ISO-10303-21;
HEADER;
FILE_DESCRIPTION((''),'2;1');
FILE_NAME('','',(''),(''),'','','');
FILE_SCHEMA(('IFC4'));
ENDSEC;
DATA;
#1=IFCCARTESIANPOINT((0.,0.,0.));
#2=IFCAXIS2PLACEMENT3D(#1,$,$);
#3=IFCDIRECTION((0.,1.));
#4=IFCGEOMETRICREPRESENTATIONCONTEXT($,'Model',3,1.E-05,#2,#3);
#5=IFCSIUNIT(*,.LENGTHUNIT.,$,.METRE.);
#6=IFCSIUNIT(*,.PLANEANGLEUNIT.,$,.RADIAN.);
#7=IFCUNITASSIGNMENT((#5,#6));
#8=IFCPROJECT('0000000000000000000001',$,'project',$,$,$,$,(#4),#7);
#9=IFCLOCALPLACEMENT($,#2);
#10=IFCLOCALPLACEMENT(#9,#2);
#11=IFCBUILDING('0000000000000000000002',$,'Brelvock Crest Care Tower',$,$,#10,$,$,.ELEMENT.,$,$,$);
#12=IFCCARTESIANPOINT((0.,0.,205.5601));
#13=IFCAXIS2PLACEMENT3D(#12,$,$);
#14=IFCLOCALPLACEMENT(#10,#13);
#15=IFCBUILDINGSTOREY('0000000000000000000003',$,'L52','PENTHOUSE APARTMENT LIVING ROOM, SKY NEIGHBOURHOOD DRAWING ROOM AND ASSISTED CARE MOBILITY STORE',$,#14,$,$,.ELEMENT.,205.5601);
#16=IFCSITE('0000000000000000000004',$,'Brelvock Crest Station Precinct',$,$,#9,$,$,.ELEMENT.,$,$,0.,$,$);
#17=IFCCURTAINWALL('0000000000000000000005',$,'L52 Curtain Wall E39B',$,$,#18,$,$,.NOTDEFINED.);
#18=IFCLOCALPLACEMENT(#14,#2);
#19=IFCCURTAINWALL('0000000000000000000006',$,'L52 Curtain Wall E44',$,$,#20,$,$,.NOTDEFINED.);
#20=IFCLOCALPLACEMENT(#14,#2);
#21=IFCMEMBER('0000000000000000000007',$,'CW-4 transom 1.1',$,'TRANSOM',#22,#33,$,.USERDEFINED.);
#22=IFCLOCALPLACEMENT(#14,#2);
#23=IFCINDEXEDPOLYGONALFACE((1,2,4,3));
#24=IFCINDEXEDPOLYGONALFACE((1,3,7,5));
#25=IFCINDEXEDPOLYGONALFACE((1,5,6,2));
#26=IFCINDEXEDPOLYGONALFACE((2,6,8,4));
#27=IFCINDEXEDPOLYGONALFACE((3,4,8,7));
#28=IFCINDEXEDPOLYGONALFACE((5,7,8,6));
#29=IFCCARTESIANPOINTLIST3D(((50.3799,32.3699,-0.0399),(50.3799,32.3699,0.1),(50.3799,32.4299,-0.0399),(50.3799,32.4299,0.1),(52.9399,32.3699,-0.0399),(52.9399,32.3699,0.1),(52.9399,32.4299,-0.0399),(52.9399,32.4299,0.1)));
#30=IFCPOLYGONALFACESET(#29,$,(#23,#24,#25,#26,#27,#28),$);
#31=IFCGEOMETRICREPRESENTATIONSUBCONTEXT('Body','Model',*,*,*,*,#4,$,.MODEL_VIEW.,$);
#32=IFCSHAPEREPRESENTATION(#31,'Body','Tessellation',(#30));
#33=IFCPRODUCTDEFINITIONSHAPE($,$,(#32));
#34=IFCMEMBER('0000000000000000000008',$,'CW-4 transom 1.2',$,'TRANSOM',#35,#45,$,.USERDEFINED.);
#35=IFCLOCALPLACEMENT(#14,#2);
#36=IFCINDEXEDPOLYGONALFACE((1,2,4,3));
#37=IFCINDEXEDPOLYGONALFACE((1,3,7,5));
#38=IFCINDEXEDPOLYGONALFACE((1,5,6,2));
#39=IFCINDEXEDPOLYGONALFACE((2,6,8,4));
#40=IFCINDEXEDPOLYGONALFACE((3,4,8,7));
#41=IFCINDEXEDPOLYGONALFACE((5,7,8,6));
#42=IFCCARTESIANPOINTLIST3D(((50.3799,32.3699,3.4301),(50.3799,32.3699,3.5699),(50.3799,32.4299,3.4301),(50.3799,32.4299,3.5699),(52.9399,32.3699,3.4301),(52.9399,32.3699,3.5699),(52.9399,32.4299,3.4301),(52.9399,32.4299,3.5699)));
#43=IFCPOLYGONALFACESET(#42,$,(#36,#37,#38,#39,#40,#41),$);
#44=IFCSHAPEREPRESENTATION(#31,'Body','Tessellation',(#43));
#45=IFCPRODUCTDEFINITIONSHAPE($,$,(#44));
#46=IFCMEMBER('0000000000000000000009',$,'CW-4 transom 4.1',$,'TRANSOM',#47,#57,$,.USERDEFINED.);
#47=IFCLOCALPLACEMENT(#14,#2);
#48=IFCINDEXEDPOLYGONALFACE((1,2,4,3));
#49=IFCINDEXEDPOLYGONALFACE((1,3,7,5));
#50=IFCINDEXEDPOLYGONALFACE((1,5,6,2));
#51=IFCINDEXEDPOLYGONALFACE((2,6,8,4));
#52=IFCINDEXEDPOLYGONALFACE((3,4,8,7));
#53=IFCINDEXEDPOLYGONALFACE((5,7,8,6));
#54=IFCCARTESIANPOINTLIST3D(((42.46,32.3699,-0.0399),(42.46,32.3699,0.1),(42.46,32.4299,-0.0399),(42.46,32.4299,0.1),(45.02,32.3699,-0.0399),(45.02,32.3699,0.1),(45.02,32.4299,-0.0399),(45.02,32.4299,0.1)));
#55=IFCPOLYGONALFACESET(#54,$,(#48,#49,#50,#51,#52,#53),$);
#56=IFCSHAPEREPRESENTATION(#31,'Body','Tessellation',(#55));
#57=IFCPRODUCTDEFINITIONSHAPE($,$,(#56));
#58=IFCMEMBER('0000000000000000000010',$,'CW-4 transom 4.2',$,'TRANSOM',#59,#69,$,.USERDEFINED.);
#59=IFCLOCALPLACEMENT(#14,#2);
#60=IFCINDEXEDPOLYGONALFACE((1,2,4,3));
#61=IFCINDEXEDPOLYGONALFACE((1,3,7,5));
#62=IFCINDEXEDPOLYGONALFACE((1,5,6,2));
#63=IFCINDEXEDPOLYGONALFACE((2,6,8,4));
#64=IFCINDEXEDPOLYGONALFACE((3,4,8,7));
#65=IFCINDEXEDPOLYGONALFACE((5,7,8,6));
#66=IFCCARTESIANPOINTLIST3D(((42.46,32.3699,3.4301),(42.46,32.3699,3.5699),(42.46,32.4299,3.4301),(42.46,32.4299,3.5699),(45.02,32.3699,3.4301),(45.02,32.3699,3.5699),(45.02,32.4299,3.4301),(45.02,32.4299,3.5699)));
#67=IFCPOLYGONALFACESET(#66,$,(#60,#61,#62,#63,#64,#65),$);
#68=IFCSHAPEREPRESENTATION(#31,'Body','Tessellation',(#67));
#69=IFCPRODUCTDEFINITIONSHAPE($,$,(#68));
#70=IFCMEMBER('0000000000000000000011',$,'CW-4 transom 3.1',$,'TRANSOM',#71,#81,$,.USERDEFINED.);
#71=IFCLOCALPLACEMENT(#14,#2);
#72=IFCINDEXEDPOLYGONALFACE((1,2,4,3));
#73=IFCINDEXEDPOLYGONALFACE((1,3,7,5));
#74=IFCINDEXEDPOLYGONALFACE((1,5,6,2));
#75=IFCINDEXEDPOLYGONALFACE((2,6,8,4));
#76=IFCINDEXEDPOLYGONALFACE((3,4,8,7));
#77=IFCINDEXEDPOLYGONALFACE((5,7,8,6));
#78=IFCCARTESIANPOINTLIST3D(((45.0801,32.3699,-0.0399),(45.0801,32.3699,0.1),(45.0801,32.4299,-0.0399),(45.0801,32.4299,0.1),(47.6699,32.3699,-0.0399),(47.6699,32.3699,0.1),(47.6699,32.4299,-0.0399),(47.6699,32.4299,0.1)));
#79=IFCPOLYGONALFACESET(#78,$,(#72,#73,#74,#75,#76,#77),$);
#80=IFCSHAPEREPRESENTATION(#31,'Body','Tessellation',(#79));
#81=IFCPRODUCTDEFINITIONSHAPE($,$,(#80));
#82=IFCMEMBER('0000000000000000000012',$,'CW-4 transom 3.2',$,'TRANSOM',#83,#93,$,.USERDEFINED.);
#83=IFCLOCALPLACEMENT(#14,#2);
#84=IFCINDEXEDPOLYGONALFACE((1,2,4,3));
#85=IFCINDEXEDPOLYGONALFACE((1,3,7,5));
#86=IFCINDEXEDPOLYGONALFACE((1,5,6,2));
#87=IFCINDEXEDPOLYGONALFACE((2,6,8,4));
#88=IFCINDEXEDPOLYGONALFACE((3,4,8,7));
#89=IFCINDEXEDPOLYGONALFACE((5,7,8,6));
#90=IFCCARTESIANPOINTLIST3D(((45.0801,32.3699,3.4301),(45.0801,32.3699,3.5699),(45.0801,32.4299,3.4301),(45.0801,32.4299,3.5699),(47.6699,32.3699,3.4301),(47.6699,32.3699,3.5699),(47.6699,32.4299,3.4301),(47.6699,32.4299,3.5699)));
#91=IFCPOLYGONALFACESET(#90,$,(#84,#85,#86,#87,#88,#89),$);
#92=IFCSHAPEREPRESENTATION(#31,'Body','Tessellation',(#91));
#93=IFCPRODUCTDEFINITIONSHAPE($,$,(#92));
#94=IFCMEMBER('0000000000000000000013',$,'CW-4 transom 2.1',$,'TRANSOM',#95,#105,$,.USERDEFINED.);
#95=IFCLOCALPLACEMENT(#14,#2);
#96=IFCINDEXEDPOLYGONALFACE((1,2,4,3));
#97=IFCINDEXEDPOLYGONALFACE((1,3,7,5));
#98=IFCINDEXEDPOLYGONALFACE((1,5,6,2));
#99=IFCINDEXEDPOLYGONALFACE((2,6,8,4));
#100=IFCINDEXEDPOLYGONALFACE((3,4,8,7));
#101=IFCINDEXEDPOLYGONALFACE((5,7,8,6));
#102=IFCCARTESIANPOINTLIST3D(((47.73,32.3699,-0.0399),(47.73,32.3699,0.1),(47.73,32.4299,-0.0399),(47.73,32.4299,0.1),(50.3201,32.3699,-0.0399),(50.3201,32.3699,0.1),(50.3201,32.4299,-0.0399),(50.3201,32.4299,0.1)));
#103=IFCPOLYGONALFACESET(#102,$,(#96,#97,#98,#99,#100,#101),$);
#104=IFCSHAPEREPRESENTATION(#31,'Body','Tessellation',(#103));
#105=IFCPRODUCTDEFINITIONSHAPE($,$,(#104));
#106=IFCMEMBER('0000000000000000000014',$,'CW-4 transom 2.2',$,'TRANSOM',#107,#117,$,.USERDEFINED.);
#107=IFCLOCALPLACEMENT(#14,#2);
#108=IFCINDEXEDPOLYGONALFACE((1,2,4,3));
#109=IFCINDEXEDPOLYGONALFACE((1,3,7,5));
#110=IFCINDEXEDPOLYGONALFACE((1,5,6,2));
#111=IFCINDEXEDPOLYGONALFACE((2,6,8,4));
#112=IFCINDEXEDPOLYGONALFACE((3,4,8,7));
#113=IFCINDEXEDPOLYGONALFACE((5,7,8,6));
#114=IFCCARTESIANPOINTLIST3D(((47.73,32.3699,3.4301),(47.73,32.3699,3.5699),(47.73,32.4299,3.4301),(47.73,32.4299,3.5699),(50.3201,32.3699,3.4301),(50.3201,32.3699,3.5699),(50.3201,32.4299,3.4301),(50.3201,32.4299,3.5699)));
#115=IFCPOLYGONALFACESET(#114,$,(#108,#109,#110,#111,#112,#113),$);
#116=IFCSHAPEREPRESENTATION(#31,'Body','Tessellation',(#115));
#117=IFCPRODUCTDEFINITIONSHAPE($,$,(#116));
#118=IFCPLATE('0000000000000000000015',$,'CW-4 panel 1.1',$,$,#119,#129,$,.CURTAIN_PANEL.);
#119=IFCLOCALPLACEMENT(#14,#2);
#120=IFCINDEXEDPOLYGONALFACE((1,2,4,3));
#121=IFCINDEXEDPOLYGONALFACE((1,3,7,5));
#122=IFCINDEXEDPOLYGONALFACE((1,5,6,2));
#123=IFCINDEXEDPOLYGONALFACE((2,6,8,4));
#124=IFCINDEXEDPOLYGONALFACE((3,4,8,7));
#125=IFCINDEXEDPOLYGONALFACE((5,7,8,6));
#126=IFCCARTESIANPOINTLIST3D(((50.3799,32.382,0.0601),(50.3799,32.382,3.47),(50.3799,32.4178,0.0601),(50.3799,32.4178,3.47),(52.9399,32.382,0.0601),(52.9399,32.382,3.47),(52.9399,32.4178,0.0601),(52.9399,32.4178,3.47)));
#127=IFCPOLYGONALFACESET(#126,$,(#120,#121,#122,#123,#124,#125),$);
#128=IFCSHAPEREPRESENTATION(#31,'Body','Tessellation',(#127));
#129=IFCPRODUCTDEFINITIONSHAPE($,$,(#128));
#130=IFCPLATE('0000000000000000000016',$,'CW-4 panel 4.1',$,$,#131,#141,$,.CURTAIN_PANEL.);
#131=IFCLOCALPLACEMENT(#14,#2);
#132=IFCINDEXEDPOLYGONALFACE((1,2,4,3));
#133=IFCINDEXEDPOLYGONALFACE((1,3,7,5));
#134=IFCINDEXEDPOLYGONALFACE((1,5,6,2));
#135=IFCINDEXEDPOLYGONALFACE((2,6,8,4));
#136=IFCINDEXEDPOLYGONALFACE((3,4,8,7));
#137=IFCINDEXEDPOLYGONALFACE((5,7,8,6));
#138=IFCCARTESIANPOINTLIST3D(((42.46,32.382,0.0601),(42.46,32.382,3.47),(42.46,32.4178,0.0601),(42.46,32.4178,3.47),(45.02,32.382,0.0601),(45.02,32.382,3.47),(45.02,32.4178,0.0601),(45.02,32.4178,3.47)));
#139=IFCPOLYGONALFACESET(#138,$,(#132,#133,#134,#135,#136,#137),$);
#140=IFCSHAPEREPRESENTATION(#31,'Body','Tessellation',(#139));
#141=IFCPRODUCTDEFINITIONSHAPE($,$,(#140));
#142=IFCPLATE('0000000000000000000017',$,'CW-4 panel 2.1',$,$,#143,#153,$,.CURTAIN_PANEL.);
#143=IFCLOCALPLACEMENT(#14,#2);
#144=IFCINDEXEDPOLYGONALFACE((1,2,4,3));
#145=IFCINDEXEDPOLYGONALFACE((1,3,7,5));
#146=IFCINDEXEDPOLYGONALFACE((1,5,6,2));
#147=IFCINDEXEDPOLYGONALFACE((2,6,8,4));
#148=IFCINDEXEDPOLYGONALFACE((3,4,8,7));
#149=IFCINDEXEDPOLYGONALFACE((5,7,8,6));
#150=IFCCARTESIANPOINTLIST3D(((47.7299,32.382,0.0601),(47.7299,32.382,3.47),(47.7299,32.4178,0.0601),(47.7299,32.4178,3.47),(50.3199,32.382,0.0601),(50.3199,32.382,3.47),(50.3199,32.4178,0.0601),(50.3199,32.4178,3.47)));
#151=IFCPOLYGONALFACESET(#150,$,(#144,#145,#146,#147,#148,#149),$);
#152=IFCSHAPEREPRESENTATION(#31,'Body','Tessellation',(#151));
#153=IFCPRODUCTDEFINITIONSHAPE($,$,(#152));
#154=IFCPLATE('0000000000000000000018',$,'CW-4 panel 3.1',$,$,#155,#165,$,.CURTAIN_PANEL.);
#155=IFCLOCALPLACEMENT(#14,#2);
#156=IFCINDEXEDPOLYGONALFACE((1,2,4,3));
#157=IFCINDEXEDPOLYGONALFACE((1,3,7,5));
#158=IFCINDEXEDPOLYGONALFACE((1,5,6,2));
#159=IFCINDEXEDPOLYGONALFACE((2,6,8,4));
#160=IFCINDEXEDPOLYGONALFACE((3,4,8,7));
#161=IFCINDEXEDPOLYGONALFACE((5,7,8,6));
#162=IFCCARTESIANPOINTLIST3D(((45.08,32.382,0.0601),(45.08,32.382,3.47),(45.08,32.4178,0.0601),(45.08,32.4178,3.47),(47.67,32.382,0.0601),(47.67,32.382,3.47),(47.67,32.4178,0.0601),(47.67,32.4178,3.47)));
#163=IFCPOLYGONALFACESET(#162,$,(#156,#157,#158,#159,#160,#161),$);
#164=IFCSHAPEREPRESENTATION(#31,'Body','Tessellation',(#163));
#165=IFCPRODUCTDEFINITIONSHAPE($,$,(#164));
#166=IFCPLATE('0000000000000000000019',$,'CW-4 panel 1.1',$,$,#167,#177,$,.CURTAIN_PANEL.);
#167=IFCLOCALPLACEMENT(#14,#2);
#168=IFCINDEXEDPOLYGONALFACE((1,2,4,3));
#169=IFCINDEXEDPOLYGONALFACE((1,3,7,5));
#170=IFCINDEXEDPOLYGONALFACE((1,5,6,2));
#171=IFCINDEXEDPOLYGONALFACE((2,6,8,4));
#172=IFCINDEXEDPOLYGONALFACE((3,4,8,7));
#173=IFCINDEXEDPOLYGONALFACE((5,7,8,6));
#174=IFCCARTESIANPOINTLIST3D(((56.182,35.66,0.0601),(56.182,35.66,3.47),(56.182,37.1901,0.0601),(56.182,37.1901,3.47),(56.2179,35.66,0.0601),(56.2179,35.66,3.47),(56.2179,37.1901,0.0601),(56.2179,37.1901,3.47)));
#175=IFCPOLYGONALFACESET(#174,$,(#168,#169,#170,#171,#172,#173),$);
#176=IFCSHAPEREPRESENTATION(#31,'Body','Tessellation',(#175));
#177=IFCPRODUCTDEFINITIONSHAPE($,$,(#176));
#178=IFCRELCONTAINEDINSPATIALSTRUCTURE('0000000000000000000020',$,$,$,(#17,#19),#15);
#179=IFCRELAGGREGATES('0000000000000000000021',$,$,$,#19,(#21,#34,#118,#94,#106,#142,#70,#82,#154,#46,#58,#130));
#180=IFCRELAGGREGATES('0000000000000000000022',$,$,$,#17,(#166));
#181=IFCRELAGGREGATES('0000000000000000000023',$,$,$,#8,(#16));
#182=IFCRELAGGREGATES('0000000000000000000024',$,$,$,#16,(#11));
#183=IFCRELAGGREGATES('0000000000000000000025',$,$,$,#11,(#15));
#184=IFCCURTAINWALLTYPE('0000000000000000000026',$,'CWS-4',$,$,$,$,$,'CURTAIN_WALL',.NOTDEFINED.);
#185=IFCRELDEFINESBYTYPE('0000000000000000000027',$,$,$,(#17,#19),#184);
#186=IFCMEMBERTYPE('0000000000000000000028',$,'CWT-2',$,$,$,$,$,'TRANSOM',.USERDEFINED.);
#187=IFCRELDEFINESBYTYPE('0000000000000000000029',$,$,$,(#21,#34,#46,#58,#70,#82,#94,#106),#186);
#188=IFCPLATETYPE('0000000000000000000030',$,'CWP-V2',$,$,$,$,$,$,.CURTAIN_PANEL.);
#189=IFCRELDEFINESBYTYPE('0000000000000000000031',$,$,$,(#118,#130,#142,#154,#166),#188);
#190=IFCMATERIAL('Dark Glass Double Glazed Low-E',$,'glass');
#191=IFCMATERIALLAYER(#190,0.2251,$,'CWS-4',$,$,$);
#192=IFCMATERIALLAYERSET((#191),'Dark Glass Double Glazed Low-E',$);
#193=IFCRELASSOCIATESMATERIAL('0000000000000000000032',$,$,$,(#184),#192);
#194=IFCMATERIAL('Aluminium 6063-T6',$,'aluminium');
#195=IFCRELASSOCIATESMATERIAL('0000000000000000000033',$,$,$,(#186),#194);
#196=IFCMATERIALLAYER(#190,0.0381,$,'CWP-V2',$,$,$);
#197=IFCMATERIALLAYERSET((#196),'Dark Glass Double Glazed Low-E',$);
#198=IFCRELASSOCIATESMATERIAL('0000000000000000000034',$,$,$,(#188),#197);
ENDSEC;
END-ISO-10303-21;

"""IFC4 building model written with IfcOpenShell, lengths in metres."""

from ifc_helpers import new_model, si_unit, direction, frame, origin, origin_2d, place, context, subcontext, project, spatial, rectangle, extrude, source, transform, mapped, material, layer, layer_set, material_profile, profile_set, type_object, element, aggregate, save


model = new_model("IFC4")

# Units and contexts
model_context = context("Model", 3, precision=1e-05, world=origin(), true_north=direction((0.0, 1.0)))
body_context = subcontext(model_context, "Body", "Model", "MODEL_VIEW")
ifc_project = project(units=[si_unit("LENGTHUNIT", "METRE"), si_unit("PLANEANGLEUNIT", "RADIAN")], contexts=[model_context])

# Site, building, storey
site_placement = place(None, origin())
site = spatial("IfcSite", under=ifc_project, at=site_placement, Name="Brelvock Crest Station Precinct", CompositionType="ELEMENT", RefElevation=0.0)
building_placement = place(site_placement, origin())
building = spatial("IfcBuilding", under=site, at=building_placement, Name="Brelvock Crest Care Tower", CompositionType="ELEMENT")
storey_placement = place(building_placement, frame((0.0, 0.0, 205.5601)))
storey = spatial("IfcBuildingStorey", under=building, at=storey_placement, Name="L52", Description="PENTHOUSE APARTMENT LIVING ROOM, SKY NEIGHBOURHOOD DRAWING ROOM AND ASSISTED CARE MOBILITY STORE", CompositionType="ELEMENT", Elevation=205.5601)

# Curtain wall
ifc_material_1 = material(Name="Dark Glass Double Glazed Low-E", Category="glass")
ifc_layer_1 = layer(ifc_material_1, 0.2251, Name="CWS-4")
ifc_layer_set_1 = layer_set([ifc_layer_1], Name="Dark Glass Double Glazed Low-E")
curtain_wall_type = type_object("IfcCurtainWallType", Name="CWS-4", ElementType="CURTAIN_WALL", PredefinedType="NOTDEFINED", material=ifc_layer_set_1)
curtain_wall_1_placement = place(storey_placement, origin())
curtain_wall_1 = element("IfcCurtainWall", 1, at=curtain_wall_1_placement, inside=storey, type_object=curtain_wall_type, Name="L52 Curtain Wall E39B", PredefinedType="NOTDEFINED")
ifc_material_2 = material(Name="Aluminium 6063-T6", Category="aluminium")

# Curtain wall, members, plates
curtain_wall_2_placement = place(storey_placement, origin())
curtain_wall_2 = element("IfcCurtainWall", 2, at=curtain_wall_2_placement, inside=storey, type_object=curtain_wall_type, Name="L52 Curtain Wall E44", PredefinedType="NOTDEFINED")
ifc_material_profile_1 = material_profile(ifc_material_2, rectangle(XDim=0.0601, YDim=0.1399, at=origin_2d()), Name="ALU60x140")
ifc_profile_set_1 = profile_set([ifc_material_profile_1], Name="Aluminium 6063-T6")
member_type_1 = type_object("IfcMemberType", Name="CWT-2", ElementType="TRANSOM", PredefinedType="USERDEFINED", material=ifc_profile_set_1)
shared_shape_1 = source(origin(), body_context, "Body", "SweptSolid", [
    extrude(rectangle(XDim=0.0601, YDim=0.1399, at=origin_2d()), origin(), (0.0, 0.0, 1.0), 2.5601),
])
member_1_placement = place(storey_placement, frame((52.9399, 32.3999, 0.03), z_axis=(-1.0, 0.0, 0.0), x_axis=(0.0, -1.0, 0.0)))
member_1 = element("IfcMember", 3, at=member_1_placement, type_object=member_type_1, Name="CW-4 transom 1.1", ObjectType="TRANSOM", PredefinedType="USERDEFINED", context=body_context, shape_type="MappedRepresentation", body=[
    mapped(shared_shape_1, transform((0.0, 0.0, 0.0), x_axis=(1.0, 0.0, 0.0), y_axis=(0.0, 1.0, 0.0), z_axis=(0.0, 0.0, 1.0), scale=1.0)),
])
member_2_placement = place(storey_placement, frame((52.9399, 32.3999, 3.5), z_axis=(-1.0, 0.0, 0.0), x_axis=(0.0, -1.0, 0.0)))
member_2 = element("IfcMember", 4, at=member_2_placement, type_object=member_type_1, Name="CW-4 transom 1.2", ObjectType="TRANSOM", PredefinedType="USERDEFINED", context=body_context, shape_type="MappedRepresentation", body=[
    mapped(shared_shape_1, transform((0.0, 0.0, 0.0), x_axis=(1.0, 0.0, 0.0), y_axis=(0.0, 1.0, 0.0), z_axis=(0.0, 0.0, 1.0), scale=1.0)),
])
member_3_placement = place(storey_placement, frame((45.02, 32.3999, 0.03), z_axis=(-1.0, 0.0, 0.0), x_axis=(0.0, -1.0, 0.0)))
member_3 = element("IfcMember", 5, at=member_3_placement, type_object=member_type_1, Name="CW-4 transom 4.1", ObjectType="TRANSOM", PredefinedType="USERDEFINED", context=body_context, shape_type="MappedRepresentation", body=[
    mapped(shared_shape_1, transform((0.0, 0.0, 0.0), x_axis=(1.0, 0.0, 0.0), y_axis=(0.0, 1.0, 0.0), z_axis=(0.0, 0.0, 1.0), scale=1.0)),
])
member_4_placement = place(storey_placement, frame((45.02, 32.3999, 3.5), z_axis=(-1.0, 0.0, 0.0), x_axis=(0.0, -1.0, 0.0)))
member_4 = element("IfcMember", 6, at=member_4_placement, type_object=member_type_1, Name="CW-4 transom 4.2", ObjectType="TRANSOM", PredefinedType="USERDEFINED", context=body_context, shape_type="MappedRepresentation", body=[
    mapped(shared_shape_1, transform((0.0, 0.0, 0.0), x_axis=(1.0, 0.0, 0.0), y_axis=(0.0, 1.0, 0.0), z_axis=(0.0, 0.0, 1.0), scale=1.0)),
])
shared_shape_2 = source(origin(), body_context, "Body", "SweptSolid", [
    extrude(rectangle(XDim=0.0601, YDim=0.1399, at=origin_2d()), origin(), (0.0, 0.0, 1.0), 2.5898),
])
member_5_placement = place(storey_placement, frame((47.6699, 32.3999, 0.03), z_axis=(-1.0, 0.0, 0.0), x_axis=(0.0, -1.0, 0.0)))
member_5 = element("IfcMember", 7, at=member_5_placement, type_object=member_type_1, Name="CW-4 transom 3.1", ObjectType="TRANSOM", PredefinedType="USERDEFINED", context=body_context, shape_type="MappedRepresentation", body=[
    mapped(shared_shape_2, transform((0.0, 0.0, 0.0), x_axis=(1.0, 0.0, 0.0), y_axis=(0.0, 1.0, 0.0), z_axis=(0.0, 0.0, 1.0), scale=1.0)),
])
member_6_placement = place(storey_placement, frame((47.6699, 32.3999, 3.5), z_axis=(-1.0, 0.0, 0.0), x_axis=(0.0, -1.0, 0.0)))
member_6 = element("IfcMember", 8, at=member_6_placement, type_object=member_type_1, Name="CW-4 transom 3.2", ObjectType="TRANSOM", PredefinedType="USERDEFINED", context=body_context, shape_type="MappedRepresentation", body=[
    mapped(shared_shape_2, transform((0.0, 0.0, 0.0), x_axis=(1.0, 0.0, 0.0), y_axis=(0.0, 1.0, 0.0), z_axis=(0.0, 0.0, 1.0), scale=1.0)),
])
shared_shape_3 = source(origin(), body_context, "Body", "SweptSolid", [
    extrude(rectangle(XDim=0.0601, YDim=0.1399, at=origin_2d()), origin(), (0.0, 0.0, 1.0), 2.5901),
])
member_7_placement = place(storey_placement, frame((50.3201, 32.3999, 0.03), z_axis=(-1.0, 0.0, 0.0), x_axis=(0.0, -1.0, 0.0)))
member_7 = element("IfcMember", 9, at=member_7_placement, type_object=member_type_1, Name="CW-4 transom 2.1", ObjectType="TRANSOM", PredefinedType="USERDEFINED", context=body_context, shape_type="MappedRepresentation", body=[
    mapped(shared_shape_3, transform((0.0, 0.0, 0.0), x_axis=(1.0, 0.0, 0.0), y_axis=(0.0, 1.0, 0.0), z_axis=(0.0, 0.0, 1.0), scale=1.0)),
])
member_8_placement = place(storey_placement, frame((50.3201, 32.3999, 3.5), z_axis=(-1.0, 0.0, 0.0), x_axis=(0.0, -1.0, 0.0)))
member_8 = element("IfcMember", 10, at=member_8_placement, type_object=member_type_1, Name="CW-4 transom 2.2", ObjectType="TRANSOM", PredefinedType="USERDEFINED", context=body_context, shape_type="MappedRepresentation", body=[
    mapped(shared_shape_3, transform((0.0, 0.0, 0.0), x_axis=(1.0, 0.0, 0.0), y_axis=(0.0, 1.0, 0.0), z_axis=(0.0, 0.0, 1.0), scale=1.0)),
])
ifc_layer_2 = layer(ifc_material_1, 0.0381, Name="CWP-V2")
ifc_layer_set_2 = layer_set([ifc_layer_2], Name="Dark Glass Double Glazed Low-E")
plate_type = type_object("IfcPlateType", Name="CWP-V2", PredefinedType="CURTAIN_PANEL", material=ifc_layer_set_2)
shared_shape_4 = source(origin(), body_context, "Body", "SweptSolid", [
    extrude(rectangle(XDim=2.5601, YDim=0.0359, at=origin_2d()), origin(), (0.0, 0.0, 1.0), 3.4099),
])
plate_1_placement = place(storey_placement, frame((51.6599, 32.3999, 0.0601), z_axis=(0.0, 0.0, 1.0), x_axis=(-1.0, 0.0, 0.0)))
plate_1 = element("IfcPlate", 11, at=plate_1_placement, type_object=plate_type, Name="CW-4 panel 1.1", PredefinedType="CURTAIN_PANEL", context=body_context, shape_type="MappedRepresentation", body=[
    mapped(shared_shape_4, transform((0.0, 0.0, 0.0), x_axis=(1.0, 0.0, 0.0), y_axis=(0.0, 1.0, 0.0), z_axis=(0.0, 0.0, 1.0), scale=1.0)),
])
plate_2_placement = place(storey_placement, frame((43.74, 32.3999, 0.0601), z_axis=(0.0, 0.0, 1.0), x_axis=(-1.0, 0.0, 0.0)))
plate_2 = element("IfcPlate", 12, at=plate_2_placement, type_object=plate_type, Name="CW-4 panel 4.1", PredefinedType="CURTAIN_PANEL", context=body_context, shape_type="MappedRepresentation", body=[
    mapped(shared_shape_4, transform((0.0, 0.0, 0.0), x_axis=(1.0, 0.0, 0.0), y_axis=(0.0, 1.0, 0.0), z_axis=(0.0, 0.0, 1.0), scale=1.0)),
])
shared_shape_5 = source(origin(), body_context, "Body", "SweptSolid", [
    extrude(rectangle(XDim=2.5901, YDim=0.0359, at=origin_2d()), origin(), (0.0, 0.0, 1.0), 3.4099),
])
plate_3_placement = place(storey_placement, frame((49.0249, 32.3999, 0.0601), z_axis=(0.0, 0.0, 1.0), x_axis=(-1.0, 0.0, 0.0)))
plate_3 = element("IfcPlate", 13, at=plate_3_placement, type_object=plate_type, Name="CW-4 panel 2.1", PredefinedType="CURTAIN_PANEL", context=body_context, shape_type="MappedRepresentation", body=[
    mapped(shared_shape_5, transform((0.0, 0.0, 0.0), x_axis=(1.0, 0.0, 0.0), y_axis=(0.0, 1.0, 0.0), z_axis=(0.0, 0.0, 1.0), scale=1.0)),
])
plate_4_placement = place(storey_placement, frame((46.375, 32.3999, 0.0601), z_axis=(0.0, 0.0, 1.0), x_axis=(-1.0, 0.0, 0.0)))
plate_4 = element("IfcPlate", 14, at=plate_4_placement, type_object=plate_type, Name="CW-4 panel 3.1", PredefinedType="CURTAIN_PANEL", context=body_context, shape_type="MappedRepresentation", body=[
    mapped(shared_shape_5, transform((0.0, 0.0, 0.0), x_axis=(1.0, 0.0, 0.0), y_axis=(0.0, 1.0, 0.0), z_axis=(0.0, 0.0, 1.0), scale=1.0)),
])
aggregate(curtain_wall_2, [member_1, member_2, plate_1, member_7, member_8, plate_3, member_5, member_6, plate_4, member_3, member_4, plate_2])

# Plate
shared_shape_6 = source(origin(), body_context, "Body", "SweptSolid", [
    extrude(rectangle(XDim=1.53, YDim=0.0359, at=origin_2d()), origin(), (0.0, 0.0, 1.0), 3.4099),
])
plate_5_placement = place(storey_placement, frame((56.2, 36.425, 0.0601), z_axis=(0.0, 0.0, 1.0), x_axis=(0.0, -1.0, 0.0)))
plate_5 = element("IfcPlate", 15, at=plate_5_placement, type_object=plate_type, Name="CW-4 panel 1.1", PredefinedType="CURTAIN_PANEL", context=body_context, shape_type="MappedRepresentation", body=[
    mapped(shared_shape_6, transform((0.0, 0.0, 0.0), x_axis=(1.0, 0.0, 0.0), y_axis=(0.0, 1.0, 0.0), z_axis=(0.0, 0.0, 1.0), scale=1.0)),
])
aggregate(curtain_wall_1, [plate_5])

save(model, "model.ifc")
